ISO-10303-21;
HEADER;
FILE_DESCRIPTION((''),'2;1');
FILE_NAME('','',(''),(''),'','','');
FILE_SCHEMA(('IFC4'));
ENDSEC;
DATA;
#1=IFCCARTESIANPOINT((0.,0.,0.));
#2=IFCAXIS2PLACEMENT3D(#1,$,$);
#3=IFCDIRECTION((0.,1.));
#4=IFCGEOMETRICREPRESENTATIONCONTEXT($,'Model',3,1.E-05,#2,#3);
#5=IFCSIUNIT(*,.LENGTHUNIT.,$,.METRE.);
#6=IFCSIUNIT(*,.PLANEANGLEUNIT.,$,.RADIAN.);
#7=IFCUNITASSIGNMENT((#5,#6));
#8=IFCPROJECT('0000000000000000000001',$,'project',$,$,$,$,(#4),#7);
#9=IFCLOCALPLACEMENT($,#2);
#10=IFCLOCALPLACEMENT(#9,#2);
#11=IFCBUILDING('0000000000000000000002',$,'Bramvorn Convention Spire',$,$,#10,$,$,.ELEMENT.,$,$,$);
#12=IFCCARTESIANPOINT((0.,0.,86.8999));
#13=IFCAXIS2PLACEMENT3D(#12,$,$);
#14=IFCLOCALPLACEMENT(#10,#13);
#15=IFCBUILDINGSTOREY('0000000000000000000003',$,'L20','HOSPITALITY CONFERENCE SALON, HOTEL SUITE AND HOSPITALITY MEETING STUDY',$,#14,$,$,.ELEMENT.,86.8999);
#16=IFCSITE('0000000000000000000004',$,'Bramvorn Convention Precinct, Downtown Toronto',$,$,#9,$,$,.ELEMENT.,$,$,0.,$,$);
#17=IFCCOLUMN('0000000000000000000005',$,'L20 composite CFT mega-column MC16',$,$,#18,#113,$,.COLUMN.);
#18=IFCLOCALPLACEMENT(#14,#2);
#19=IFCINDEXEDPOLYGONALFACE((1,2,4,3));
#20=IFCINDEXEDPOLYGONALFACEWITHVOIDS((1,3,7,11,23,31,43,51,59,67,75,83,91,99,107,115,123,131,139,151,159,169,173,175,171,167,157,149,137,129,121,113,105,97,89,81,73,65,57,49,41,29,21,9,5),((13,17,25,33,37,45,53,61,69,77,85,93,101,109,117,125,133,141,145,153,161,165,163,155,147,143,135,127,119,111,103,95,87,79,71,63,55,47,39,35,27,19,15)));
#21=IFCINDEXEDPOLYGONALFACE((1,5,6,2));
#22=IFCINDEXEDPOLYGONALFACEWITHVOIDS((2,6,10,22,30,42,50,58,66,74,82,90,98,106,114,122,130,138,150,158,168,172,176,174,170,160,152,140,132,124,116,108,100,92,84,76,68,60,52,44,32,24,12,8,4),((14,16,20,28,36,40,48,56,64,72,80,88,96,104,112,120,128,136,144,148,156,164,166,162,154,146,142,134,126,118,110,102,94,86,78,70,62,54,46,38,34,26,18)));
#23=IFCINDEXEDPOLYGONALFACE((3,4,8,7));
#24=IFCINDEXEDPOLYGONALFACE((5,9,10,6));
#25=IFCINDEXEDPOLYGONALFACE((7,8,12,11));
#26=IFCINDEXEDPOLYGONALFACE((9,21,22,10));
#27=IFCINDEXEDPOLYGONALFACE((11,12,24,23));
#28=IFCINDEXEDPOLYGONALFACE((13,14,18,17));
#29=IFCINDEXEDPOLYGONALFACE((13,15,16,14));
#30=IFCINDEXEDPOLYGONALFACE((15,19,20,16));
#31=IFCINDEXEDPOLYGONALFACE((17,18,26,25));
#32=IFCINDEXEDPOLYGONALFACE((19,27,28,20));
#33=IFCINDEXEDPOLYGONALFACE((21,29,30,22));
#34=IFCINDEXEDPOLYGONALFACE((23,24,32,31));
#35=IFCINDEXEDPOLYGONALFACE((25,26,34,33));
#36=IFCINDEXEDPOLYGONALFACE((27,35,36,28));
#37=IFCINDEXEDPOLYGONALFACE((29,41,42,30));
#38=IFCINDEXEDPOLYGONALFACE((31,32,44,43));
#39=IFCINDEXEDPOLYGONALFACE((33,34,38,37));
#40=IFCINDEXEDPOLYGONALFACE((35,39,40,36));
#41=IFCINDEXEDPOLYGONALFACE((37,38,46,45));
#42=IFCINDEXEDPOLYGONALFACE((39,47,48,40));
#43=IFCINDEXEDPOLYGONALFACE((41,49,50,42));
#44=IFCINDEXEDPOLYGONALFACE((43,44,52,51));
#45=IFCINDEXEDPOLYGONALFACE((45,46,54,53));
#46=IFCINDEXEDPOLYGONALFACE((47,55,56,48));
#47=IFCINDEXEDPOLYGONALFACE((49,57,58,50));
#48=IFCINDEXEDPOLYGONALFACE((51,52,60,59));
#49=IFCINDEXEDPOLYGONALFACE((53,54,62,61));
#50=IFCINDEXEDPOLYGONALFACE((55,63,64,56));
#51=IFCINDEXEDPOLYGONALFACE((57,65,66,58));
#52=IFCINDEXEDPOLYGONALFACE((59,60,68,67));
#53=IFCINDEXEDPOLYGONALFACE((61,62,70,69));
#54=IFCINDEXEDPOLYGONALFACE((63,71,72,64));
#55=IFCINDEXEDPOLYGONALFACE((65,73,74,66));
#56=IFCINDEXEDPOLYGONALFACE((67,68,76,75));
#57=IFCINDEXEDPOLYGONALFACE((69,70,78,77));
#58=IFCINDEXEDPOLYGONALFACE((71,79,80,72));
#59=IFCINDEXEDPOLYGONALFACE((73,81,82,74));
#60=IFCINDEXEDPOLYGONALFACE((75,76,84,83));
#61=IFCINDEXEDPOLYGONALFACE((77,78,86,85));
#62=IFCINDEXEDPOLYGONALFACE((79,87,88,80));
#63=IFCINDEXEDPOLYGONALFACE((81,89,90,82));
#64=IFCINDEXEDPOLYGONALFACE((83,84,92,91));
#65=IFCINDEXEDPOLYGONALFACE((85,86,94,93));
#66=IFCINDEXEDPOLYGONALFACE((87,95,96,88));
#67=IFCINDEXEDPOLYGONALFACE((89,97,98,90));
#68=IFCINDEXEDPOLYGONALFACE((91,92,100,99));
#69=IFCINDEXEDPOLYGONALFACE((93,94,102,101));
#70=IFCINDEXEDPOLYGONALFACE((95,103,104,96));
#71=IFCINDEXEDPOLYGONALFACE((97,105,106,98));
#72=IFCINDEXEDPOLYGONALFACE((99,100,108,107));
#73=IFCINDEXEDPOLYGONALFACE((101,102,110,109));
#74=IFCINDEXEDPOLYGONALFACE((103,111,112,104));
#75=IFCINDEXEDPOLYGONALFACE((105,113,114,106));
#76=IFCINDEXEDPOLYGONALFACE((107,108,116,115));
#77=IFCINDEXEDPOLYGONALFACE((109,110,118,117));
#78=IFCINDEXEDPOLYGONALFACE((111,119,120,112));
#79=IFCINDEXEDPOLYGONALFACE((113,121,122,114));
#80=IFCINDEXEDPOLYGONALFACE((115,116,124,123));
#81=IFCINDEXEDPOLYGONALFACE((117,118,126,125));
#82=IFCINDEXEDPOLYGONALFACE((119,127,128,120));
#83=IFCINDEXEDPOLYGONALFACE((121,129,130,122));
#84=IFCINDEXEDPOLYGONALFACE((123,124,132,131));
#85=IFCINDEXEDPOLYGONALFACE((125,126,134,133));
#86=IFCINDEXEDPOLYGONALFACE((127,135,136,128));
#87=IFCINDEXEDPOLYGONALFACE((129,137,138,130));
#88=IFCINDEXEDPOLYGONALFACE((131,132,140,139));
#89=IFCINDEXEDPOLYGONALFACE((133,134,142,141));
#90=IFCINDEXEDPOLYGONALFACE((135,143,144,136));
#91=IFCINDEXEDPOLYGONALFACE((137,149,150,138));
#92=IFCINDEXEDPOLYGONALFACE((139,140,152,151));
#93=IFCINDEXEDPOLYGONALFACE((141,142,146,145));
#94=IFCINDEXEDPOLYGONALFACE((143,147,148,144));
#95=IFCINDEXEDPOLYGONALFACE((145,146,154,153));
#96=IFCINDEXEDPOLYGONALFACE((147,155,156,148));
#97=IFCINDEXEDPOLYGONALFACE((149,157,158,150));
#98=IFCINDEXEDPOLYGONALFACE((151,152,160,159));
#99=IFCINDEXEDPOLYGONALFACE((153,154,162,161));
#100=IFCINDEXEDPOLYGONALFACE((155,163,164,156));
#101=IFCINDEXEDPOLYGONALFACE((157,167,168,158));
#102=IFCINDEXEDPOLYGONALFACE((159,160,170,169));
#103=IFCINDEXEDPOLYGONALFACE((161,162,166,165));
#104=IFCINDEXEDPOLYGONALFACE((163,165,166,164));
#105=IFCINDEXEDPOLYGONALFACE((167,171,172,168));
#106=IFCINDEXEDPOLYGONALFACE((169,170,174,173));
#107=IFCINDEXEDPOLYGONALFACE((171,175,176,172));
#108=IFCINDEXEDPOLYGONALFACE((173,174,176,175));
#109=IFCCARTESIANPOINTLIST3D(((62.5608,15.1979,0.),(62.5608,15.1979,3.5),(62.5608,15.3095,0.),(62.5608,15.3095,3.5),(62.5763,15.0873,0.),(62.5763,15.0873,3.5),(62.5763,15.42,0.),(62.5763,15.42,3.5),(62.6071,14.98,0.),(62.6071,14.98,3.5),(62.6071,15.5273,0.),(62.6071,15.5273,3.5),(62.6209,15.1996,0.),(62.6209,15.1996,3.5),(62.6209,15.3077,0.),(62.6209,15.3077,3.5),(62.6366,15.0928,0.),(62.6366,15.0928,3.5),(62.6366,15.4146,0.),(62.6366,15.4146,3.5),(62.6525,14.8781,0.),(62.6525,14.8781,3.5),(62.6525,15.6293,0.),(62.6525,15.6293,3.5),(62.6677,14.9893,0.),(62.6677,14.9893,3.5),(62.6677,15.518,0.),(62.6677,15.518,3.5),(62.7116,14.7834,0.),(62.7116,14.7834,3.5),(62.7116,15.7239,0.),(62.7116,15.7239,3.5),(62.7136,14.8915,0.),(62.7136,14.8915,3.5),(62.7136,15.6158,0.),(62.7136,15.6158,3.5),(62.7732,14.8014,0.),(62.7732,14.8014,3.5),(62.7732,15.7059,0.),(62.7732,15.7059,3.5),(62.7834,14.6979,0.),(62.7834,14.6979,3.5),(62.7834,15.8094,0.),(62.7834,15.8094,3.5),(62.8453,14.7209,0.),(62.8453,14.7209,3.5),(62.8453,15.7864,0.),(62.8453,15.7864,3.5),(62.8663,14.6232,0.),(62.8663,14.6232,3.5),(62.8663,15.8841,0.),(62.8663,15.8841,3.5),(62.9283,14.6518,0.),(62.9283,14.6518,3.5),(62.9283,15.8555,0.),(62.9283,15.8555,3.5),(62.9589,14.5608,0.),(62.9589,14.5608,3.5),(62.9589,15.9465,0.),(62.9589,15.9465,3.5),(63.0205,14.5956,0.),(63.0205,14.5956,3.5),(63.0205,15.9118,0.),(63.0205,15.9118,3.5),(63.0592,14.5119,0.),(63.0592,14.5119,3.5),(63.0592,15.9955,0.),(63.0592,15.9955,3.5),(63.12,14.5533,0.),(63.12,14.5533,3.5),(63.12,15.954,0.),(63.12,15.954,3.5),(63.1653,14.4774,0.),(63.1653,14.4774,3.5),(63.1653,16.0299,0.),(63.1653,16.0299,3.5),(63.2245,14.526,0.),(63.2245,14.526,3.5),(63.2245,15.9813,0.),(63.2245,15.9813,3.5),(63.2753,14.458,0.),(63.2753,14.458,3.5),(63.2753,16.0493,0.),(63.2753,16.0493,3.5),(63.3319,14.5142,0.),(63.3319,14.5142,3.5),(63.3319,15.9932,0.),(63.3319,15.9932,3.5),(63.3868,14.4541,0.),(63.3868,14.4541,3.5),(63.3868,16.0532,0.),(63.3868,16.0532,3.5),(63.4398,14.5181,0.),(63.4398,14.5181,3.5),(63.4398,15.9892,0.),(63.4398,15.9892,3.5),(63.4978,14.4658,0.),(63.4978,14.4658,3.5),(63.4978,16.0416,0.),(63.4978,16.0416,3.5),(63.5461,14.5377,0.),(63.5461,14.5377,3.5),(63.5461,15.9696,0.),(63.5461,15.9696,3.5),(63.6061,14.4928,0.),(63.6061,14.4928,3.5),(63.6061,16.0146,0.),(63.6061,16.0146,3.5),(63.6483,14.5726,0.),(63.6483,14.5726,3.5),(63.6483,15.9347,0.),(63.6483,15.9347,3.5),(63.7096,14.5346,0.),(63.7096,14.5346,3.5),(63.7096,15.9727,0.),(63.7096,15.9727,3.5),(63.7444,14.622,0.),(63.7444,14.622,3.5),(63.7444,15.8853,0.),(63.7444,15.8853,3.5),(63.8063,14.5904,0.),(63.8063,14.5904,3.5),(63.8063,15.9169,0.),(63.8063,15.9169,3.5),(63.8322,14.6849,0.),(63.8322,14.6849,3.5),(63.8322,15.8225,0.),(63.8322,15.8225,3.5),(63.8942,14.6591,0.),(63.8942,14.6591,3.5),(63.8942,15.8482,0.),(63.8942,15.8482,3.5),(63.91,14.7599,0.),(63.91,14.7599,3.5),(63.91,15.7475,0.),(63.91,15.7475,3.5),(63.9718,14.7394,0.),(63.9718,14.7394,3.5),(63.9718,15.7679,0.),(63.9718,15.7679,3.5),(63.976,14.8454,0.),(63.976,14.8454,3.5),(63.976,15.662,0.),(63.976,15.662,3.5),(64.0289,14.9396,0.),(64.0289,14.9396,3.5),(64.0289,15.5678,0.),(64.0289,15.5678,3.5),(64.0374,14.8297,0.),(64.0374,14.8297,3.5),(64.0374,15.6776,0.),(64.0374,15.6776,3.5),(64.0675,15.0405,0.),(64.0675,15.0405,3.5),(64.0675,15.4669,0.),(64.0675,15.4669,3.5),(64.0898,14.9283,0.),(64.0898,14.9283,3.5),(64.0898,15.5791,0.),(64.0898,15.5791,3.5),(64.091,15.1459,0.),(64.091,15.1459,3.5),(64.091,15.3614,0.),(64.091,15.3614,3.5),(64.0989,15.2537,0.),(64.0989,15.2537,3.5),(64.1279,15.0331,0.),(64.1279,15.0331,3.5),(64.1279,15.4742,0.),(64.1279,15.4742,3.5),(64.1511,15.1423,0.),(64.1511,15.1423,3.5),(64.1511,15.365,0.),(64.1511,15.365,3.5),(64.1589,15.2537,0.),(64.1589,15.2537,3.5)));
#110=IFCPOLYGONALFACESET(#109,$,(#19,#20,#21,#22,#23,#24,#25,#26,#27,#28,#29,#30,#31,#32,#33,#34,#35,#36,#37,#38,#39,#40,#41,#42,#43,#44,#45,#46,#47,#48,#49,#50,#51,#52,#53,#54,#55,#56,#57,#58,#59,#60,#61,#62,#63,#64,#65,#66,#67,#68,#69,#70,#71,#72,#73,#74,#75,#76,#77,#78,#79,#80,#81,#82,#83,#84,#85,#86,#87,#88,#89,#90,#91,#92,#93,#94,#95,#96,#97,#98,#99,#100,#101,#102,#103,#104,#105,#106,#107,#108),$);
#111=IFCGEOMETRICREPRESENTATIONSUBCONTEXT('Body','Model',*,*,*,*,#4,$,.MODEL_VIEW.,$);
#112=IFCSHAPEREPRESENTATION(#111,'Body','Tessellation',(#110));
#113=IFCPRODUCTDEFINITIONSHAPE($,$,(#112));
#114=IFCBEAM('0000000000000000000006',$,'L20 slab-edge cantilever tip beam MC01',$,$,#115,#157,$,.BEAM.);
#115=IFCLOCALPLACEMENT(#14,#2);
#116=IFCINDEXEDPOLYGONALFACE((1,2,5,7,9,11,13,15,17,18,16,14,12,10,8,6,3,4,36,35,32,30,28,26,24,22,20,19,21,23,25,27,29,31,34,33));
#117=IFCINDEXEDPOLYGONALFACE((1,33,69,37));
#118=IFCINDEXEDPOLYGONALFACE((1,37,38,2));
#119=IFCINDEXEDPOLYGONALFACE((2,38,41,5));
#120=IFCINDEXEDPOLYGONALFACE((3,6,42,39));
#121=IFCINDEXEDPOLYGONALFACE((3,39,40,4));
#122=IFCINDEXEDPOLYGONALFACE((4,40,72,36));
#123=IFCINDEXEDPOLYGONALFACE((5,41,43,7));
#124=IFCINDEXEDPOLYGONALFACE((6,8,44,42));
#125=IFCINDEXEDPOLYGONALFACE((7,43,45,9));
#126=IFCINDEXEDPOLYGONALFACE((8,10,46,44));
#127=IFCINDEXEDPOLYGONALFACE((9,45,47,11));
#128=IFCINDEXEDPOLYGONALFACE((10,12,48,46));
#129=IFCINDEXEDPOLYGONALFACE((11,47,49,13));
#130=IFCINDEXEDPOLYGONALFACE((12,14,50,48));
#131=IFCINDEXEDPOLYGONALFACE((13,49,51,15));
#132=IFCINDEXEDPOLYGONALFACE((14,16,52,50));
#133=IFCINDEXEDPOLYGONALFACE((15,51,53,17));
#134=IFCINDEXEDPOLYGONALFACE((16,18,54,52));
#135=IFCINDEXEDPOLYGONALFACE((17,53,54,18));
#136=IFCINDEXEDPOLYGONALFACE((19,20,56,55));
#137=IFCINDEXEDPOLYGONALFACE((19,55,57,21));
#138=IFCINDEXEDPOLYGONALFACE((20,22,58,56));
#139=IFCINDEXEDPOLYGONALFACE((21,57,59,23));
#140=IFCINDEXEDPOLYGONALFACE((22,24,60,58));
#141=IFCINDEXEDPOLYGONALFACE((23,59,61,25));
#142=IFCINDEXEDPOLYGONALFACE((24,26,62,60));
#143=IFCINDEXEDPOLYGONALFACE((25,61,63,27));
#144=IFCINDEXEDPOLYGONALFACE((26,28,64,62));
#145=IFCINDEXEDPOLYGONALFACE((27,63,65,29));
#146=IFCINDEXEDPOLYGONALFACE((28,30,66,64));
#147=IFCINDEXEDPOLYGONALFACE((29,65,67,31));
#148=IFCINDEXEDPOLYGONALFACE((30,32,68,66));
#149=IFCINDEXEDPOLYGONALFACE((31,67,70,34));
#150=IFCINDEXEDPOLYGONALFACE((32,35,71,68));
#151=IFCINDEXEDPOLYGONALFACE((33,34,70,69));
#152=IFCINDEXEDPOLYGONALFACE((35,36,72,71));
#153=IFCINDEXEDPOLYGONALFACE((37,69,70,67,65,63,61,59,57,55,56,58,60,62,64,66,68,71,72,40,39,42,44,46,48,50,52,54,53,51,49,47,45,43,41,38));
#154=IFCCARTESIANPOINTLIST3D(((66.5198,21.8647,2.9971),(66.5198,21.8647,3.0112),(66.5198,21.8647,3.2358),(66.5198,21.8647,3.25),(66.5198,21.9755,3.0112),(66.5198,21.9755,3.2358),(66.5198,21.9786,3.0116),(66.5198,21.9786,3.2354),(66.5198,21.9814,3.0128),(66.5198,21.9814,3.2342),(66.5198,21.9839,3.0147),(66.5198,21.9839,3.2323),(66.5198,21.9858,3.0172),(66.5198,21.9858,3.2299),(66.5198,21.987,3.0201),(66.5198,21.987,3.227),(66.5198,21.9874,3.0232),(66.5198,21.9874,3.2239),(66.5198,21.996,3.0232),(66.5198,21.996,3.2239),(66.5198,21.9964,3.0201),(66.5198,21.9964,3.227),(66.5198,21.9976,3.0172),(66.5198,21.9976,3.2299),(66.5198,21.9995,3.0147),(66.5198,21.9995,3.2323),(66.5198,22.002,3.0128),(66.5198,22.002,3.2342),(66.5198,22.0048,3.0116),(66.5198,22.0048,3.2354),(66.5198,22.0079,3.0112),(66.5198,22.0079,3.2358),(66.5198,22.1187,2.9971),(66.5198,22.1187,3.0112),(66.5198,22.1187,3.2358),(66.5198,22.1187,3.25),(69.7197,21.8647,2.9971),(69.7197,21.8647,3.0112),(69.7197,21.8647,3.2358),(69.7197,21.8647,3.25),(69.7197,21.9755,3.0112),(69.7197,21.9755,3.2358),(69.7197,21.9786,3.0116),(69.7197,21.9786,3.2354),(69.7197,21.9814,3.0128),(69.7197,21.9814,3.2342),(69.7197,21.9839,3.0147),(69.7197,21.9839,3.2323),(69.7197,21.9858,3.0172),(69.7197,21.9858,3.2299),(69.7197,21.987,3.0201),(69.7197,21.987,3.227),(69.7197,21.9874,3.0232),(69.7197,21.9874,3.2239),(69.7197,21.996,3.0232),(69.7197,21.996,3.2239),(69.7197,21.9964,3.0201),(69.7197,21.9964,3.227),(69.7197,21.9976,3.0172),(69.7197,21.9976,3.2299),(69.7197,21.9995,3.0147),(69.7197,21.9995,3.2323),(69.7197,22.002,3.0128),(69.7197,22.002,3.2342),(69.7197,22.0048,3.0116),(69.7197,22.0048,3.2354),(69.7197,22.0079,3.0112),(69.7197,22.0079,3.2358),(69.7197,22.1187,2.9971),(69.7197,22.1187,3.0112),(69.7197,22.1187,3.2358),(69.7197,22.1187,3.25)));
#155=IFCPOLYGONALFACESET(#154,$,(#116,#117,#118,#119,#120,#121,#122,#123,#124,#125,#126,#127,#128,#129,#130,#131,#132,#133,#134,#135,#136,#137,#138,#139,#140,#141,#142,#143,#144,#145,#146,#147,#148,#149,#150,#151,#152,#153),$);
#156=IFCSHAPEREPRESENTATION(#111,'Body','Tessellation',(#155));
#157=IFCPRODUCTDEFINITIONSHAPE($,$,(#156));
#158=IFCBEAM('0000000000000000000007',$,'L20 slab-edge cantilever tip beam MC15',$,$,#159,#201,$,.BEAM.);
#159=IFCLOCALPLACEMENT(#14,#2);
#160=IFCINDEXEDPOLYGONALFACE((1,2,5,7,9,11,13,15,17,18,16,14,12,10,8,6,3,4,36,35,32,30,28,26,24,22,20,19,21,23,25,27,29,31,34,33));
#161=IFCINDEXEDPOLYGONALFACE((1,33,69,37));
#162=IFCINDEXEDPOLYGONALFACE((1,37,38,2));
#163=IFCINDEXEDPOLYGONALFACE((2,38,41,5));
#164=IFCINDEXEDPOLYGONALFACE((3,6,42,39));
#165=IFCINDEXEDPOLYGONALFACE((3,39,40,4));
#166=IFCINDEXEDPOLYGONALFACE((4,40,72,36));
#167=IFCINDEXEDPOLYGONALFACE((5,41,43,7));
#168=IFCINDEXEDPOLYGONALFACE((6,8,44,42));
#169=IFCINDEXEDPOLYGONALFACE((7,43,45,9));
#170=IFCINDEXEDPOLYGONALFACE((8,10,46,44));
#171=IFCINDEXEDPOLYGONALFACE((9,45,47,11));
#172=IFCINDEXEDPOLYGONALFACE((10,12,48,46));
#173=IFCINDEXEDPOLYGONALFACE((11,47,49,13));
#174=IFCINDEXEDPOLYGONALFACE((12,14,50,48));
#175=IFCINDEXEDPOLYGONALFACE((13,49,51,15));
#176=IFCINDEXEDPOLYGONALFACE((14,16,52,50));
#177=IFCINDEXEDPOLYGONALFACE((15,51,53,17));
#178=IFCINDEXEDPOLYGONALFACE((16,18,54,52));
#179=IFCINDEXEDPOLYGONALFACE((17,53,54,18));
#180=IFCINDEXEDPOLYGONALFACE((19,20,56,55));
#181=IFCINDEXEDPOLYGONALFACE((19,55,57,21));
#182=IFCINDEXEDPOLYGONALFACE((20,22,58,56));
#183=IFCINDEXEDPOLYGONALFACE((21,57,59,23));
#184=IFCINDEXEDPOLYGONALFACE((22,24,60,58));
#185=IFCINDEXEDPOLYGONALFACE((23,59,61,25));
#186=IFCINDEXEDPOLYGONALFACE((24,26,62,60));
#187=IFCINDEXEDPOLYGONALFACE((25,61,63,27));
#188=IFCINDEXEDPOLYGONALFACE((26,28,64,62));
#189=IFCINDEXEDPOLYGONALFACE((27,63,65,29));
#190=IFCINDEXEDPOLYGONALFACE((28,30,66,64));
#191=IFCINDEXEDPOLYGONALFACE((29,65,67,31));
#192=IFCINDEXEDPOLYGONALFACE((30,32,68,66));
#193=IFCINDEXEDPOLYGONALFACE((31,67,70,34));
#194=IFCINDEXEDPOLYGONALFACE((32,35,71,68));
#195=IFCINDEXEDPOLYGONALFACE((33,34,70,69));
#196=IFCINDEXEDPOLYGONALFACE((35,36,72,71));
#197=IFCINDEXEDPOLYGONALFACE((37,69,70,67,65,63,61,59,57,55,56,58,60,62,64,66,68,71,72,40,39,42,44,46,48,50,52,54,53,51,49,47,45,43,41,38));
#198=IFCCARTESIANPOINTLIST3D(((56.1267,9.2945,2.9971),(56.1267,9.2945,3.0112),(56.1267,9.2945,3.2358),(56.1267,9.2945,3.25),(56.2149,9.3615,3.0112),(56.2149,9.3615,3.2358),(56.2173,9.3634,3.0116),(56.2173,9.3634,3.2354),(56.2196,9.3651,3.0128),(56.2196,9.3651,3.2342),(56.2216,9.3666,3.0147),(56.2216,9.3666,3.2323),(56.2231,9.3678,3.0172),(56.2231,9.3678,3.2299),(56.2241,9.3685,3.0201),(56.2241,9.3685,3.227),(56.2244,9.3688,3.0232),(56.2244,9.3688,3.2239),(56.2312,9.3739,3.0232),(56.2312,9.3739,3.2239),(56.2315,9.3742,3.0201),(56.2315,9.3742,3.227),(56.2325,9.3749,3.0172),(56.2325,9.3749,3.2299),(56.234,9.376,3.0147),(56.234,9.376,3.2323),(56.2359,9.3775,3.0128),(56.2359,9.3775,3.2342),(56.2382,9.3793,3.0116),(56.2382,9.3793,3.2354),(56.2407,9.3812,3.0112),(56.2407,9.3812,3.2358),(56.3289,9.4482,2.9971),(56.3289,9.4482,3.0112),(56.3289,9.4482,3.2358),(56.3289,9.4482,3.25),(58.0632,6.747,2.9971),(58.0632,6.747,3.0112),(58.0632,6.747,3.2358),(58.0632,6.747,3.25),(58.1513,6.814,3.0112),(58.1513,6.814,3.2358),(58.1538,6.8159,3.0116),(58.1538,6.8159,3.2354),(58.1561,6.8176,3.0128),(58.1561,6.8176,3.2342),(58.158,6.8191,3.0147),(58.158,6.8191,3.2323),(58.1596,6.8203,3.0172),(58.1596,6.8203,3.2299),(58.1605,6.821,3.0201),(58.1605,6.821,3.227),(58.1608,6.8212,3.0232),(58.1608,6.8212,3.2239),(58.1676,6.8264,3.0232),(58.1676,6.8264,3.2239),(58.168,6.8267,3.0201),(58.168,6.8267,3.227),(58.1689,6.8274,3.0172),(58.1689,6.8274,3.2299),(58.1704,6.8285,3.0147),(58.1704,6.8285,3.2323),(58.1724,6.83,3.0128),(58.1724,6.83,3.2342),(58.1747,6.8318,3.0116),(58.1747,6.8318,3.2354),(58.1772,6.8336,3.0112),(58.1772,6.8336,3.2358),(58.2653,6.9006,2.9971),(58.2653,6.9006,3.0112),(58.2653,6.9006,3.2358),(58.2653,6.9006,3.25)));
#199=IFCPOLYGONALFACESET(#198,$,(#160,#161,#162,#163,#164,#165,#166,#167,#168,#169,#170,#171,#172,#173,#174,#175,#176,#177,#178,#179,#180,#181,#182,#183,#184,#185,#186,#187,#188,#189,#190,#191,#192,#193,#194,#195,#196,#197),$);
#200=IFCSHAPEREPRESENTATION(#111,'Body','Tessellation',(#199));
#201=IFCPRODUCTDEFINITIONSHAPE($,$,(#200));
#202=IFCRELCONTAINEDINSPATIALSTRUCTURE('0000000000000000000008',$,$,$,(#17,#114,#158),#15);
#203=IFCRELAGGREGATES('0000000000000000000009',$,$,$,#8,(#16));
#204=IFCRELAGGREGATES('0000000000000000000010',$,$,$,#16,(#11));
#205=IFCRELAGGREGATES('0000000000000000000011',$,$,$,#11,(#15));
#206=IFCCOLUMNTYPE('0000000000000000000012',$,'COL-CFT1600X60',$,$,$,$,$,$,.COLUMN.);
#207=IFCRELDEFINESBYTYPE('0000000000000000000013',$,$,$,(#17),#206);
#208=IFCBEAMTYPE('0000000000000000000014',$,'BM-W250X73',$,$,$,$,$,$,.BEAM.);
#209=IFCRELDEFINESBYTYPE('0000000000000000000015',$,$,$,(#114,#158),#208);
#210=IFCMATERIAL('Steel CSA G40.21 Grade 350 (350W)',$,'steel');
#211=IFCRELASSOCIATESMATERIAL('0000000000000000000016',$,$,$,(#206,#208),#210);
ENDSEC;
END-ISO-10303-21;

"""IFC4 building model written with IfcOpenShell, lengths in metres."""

from ifc_helpers import new_model, si_unit, direction, frame, origin, origin_2d, place, context, subcontext, project, spatial, hollow_circle, i_section, extrude, material, material_profile, profile_set, type_object, element, save


model = new_model("IFC4")

# Units and contexts
model_context = context("Model", 3, precision=1e-05, world=origin(), true_north=direction((0.0, 1.0)))
body_context = subcontext(model_context, "Body", "Model", "MODEL_VIEW")
ifc_project = project(units=[si_unit("LENGTHUNIT", "METRE"), si_unit("PLANEANGLEUNIT", "RADIAN")], contexts=[model_context])

# Site, building, storey
site_placement = place(None, origin())
site = spatial("IfcSite", under=ifc_project, at=site_placement, Name="Bramvorn Convention Precinct, Downtown Toronto", CompositionType="ELEMENT", RefElevation=0.0)
building_placement = place(site_placement, origin())
building = spatial("IfcBuilding", under=site, at=building_placement, Name="Bramvorn Convention Spire", CompositionType="ELEMENT")
storey_placement = place(building_placement, frame((0.0, 0.0, 86.8999)))
storey = spatial("IfcBuildingStorey", under=building, at=storey_placement, Name="L20", Description="HOSPITALITY CONFERENCE SALON, HOTEL SUITE AND HOSPITALITY MEETING STUDY", CompositionType="ELEMENT", Elevation=86.8999)

# Column
ifc_material_1 = material(Name="Steel CSA G40.21 Grade 350 (350W)", Category="steel")
ifc_material_profile_1 = material_profile(ifc_material_1, hollow_circle(Radius=0.8, WallThickness=0.0601, at=origin_2d()))
ifc_profile_set_1 = profile_set([ifc_material_profile_1], Name="Steel CSA G40.21 Grade 350 (350W) - CFT1600X60")
column_type = type_object("IfcColumnType", Name="COL-CFT1600X60", PredefinedType="COLUMN", material=ifc_profile_set_1)
for number, where, z_axis, x_axis, name in (
    (1, (63.3589, 15.2537, 0.0), (0.0, 0.0, 1.0), (1.0, 0.0, 0.0), "L20 composite CFT mega-column MC16"),
):
    element("IfcColumn", number, at=place(storey_placement, frame(where, z_axis=z_axis, x_axis=x_axis)), inside=storey, type_object=column_type, Name=name, PredefinedType="COLUMN", context=body_context, shape_type="SweptSolid", body=[
        extrude(hollow_circle(Radius=0.8, WallThickness=0.0601, at=origin_2d()), origin(), (0.0, 0.0, 1.0), 3.5),
    ])

# Beams
ifc_material_profile_2 = material_profile(ifc_material_1, i_section(OverallWidth=0.2539, OverallDepth=0.2529, WebThickness=0.0085, FlangeThickness=0.0142, FilletRadius=0.012, at=origin_2d()))
ifc_profile_set_2 = profile_set([ifc_material_profile_2], Name="Steel CSA G40.21 Grade 350 (350W) - W250X73")
beam_type_1 = type_object("IfcBeamType", Name="BM-W250X73", PredefinedType="BEAM", material=ifc_profile_set_2)
for number, where, z_axis, x_axis, name in (
    (2, (66.5198, 21.9917, 3.1235), (1.0, 0.0, 0.0), (0.0, 1.0, 0.0), "L20 slab-edge cantilever tip beam MC01"),
    (3, (56.2278, 9.3713, 3.1235), (0.605151, -0.796111, 0.0), (0.796111, 0.605151, 0.0), "L20 slab-edge cantilever tip beam MC15"),
):
    element("IfcBeam", number, at=place(storey_placement, frame(where, z_axis=z_axis, x_axis=x_axis)), inside=storey, type_object=beam_type_1, Name=name, PredefinedType="BEAM", context=body_context, shape_type="SweptSolid", body=[
        extrude(i_section(OverallWidth=0.2539, OverallDepth=0.2529, WebThickness=0.0085, FlangeThickness=0.0142, FilletRadius=0.012, at=origin_2d()), origin(), (0.0, 0.0, 1.0), 3.2),
    ])

save(model, "model.ifc")
